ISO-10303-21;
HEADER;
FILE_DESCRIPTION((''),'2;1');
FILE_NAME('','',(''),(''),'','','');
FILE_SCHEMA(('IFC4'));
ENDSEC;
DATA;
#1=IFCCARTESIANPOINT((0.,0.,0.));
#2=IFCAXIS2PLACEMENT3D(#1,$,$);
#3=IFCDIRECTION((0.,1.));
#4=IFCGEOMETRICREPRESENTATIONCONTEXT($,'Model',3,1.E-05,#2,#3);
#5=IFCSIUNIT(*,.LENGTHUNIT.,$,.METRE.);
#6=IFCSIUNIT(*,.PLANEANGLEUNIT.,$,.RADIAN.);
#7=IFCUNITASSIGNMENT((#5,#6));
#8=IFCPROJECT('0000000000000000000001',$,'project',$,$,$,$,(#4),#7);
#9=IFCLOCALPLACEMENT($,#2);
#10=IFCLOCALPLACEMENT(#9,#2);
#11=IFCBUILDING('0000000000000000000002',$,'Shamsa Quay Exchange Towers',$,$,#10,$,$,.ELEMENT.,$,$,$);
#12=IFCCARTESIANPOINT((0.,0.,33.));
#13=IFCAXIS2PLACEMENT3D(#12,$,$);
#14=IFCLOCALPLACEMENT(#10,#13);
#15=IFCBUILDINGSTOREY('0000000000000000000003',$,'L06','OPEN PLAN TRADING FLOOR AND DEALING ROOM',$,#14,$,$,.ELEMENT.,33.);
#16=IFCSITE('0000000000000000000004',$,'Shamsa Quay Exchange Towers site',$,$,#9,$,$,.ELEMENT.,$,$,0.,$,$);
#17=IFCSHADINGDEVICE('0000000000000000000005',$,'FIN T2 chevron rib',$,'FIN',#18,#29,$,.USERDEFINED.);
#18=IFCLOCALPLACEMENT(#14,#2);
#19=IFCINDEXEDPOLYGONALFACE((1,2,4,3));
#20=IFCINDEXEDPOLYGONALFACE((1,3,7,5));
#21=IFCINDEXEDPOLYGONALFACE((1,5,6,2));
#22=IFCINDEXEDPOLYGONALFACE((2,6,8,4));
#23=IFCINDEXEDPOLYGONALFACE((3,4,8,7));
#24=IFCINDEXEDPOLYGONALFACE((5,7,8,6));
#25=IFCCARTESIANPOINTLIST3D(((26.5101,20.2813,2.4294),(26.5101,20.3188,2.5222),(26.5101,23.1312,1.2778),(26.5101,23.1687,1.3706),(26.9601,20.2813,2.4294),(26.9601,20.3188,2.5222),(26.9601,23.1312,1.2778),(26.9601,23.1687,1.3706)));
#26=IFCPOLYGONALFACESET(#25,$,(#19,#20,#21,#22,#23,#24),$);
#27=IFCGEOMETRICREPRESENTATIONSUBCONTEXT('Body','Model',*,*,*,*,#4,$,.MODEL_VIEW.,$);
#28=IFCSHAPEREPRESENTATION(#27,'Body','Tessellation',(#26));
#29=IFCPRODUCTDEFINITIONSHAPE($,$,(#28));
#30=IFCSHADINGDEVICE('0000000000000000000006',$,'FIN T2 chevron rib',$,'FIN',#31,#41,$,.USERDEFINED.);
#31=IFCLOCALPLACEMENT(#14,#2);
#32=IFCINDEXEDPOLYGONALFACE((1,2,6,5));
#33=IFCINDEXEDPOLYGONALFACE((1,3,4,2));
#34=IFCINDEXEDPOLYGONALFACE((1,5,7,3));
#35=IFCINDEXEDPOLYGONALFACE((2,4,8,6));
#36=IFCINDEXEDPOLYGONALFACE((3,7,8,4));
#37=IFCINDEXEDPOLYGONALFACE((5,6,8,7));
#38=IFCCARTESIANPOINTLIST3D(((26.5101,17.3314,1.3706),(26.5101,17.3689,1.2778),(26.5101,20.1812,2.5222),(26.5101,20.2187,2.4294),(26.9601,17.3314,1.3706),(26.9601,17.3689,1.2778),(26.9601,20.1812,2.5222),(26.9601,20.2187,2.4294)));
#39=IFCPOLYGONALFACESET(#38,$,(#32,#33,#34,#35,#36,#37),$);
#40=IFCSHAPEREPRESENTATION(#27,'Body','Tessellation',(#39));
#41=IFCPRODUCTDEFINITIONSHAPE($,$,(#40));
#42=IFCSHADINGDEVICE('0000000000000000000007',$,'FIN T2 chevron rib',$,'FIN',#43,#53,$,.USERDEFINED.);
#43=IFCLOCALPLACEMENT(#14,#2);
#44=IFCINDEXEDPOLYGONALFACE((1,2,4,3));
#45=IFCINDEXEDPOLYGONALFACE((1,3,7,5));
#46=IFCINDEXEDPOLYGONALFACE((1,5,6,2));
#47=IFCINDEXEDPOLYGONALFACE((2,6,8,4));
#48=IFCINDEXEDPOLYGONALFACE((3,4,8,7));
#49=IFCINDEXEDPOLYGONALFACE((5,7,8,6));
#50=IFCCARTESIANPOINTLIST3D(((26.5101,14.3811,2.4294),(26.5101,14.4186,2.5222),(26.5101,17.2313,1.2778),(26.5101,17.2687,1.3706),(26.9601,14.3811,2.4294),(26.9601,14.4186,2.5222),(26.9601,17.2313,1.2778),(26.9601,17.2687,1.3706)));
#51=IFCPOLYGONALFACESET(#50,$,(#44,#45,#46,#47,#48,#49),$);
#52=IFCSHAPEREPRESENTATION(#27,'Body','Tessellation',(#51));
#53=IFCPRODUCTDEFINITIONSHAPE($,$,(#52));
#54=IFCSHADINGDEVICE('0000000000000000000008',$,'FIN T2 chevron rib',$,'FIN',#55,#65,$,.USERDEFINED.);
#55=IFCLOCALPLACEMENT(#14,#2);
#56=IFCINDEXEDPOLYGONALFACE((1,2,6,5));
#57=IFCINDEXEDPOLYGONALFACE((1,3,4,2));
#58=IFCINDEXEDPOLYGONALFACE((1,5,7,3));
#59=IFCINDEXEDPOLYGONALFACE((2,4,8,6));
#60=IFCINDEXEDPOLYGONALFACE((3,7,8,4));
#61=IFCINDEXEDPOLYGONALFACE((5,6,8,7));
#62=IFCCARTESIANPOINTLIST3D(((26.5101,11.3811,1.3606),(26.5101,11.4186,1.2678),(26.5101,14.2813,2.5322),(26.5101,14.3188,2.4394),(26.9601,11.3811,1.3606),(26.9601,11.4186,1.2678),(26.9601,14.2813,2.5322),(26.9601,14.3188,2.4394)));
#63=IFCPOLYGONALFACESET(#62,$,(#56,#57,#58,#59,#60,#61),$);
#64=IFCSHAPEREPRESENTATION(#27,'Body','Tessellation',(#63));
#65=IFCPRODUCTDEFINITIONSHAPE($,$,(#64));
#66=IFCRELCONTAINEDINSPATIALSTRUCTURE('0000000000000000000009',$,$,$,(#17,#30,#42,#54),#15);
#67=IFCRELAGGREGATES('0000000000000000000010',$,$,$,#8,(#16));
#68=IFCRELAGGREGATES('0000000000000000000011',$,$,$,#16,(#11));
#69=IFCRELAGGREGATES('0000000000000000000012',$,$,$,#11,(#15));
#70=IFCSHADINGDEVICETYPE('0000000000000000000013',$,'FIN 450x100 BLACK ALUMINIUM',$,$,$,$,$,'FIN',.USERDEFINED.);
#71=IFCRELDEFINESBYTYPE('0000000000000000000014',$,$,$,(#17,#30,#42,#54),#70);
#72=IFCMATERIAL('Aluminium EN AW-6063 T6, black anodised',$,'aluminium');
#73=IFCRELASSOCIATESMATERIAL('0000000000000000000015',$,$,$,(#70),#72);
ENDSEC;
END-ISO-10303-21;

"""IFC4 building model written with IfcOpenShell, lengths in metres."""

from ifc_helpers import new_model, si_unit, direction, frame, origin, origin_2d, place, context, subcontext, project, spatial, rectangle, extrude, material, material_profile, profile_set, type_object, element, save


model = new_model("IFC4")

# Units and contexts
model_context = context("Model", 3, precision=1e-05, world=origin(), true_north=direction((0.0, 1.0)))
body_context = subcontext(model_context, "Body", "Model", "MODEL_VIEW")
ifc_project = project(units=[si_unit("LENGTHUNIT", "METRE"), si_unit("PLANEANGLEUNIT", "RADIAN")], contexts=[model_context])

# Site, building, storey
site_placement = place(None, origin())
site = spatial("IfcSite", under=ifc_project, at=site_placement, Name="Shamsa Quay Exchange Towers site", CompositionType="ELEMENT", RefElevation=0.0)
building_placement = place(site_placement, origin())
building = spatial("IfcBuilding", under=site, at=building_placement, Name="Shamsa Quay Exchange Towers", CompositionType="ELEMENT")
storey_placement = place(building_placement, frame((0.0, 0.0, 33.0)))
storey = spatial("IfcBuildingStorey", under=building, at=storey_placement, Name="L06", Description="OPEN PLAN TRADING FLOOR AND DEALING ROOM", CompositionType="ELEMENT", Elevation=33.0)

# Shared definitions
ifc_material_1 = material(Name="Aluminium EN AW-6063 T6, black anodised", Category="aluminium")

# Shading devices
ifc_material_profile_1 = material_profile(ifc_material_1, rectangle(XDim=0.45, YDim=0.1001, at=origin_2d()), Name="FIN450x100")
ifc_profile_set_1 = profile_set([ifc_material_profile_1], Name="Aluminium EN AW-6063 T6, black anodised")
shading_device_type = type_object("IfcShadingDeviceType", Name="FIN 450x100 BLACK ALUMINIUM", ElementType="FIN", PredefinedType="USERDEFINED", material=ifc_profile_set_1)
for number, where, z_axis, x_axis, name in (
    (1, (26.7351, 23.1499, 1.3242), (0.0, -0.927162, 0.374661), (1.0, 0.0, 0.0), "FIN T2 chevron rib"),
    (2, (26.7351, 20.2, 2.4758), (0.0, -0.927162, -0.374661), (1.0, 0.0, 0.0), "FIN T2 chevron rib"),
):
    element("IfcShadingDevice", number, at=place(storey_placement, frame(where, z_axis=z_axis, x_axis=x_axis)), inside=storey, type_object=shading_device_type, Name=name, ObjectType="FIN", PredefinedType="USERDEFINED", context=body_context, shape_type="SweptSolid", body=[
        extrude(rectangle(XDim=0.45, YDim=0.1001, at=origin_2d()), origin(), (0.0, 0.0, 1.0), 3.0737),
    ])
shading_device_1_placement = place(storey_placement, frame((26.7351, 17.25, 1.3242), z_axis=(0.0, -0.927173, 0.374634), x_axis=(1.0, 0.0, 0.0)))
element("IfcShadingDevice", 3, at=shading_device_1_placement, inside=storey, type_object=shading_device_type, Name="FIN T2 chevron rib", ObjectType="FIN", PredefinedType="USERDEFINED", context=body_context, shape_type="SweptSolid", body=[
    extrude(rectangle(XDim=0.45, YDim=0.1001, at=origin_2d()), origin(), (0.0, 0.0, 1.0), 3.074),
])
shading_device_2_placement = place(storey_placement, frame((26.7351, 14.3, 2.4858), z_axis=(0.0, -0.927195, -0.374578), x_axis=(1.0, 0.0, 0.0)))
element("IfcShadingDevice", 4, at=shading_device_2_placement, inside=storey, type_object=shading_device_type, Name="FIN T2 chevron rib", ObjectType="FIN", PredefinedType="USERDEFINED", context=body_context, shape_type="SweptSolid", body=[
    extrude(rectangle(XDim=0.45, YDim=0.1001, at=origin_2d()), origin(), (0.0, 0.0, 1.0), 3.1279),
])

save(model, "model.ifc")
